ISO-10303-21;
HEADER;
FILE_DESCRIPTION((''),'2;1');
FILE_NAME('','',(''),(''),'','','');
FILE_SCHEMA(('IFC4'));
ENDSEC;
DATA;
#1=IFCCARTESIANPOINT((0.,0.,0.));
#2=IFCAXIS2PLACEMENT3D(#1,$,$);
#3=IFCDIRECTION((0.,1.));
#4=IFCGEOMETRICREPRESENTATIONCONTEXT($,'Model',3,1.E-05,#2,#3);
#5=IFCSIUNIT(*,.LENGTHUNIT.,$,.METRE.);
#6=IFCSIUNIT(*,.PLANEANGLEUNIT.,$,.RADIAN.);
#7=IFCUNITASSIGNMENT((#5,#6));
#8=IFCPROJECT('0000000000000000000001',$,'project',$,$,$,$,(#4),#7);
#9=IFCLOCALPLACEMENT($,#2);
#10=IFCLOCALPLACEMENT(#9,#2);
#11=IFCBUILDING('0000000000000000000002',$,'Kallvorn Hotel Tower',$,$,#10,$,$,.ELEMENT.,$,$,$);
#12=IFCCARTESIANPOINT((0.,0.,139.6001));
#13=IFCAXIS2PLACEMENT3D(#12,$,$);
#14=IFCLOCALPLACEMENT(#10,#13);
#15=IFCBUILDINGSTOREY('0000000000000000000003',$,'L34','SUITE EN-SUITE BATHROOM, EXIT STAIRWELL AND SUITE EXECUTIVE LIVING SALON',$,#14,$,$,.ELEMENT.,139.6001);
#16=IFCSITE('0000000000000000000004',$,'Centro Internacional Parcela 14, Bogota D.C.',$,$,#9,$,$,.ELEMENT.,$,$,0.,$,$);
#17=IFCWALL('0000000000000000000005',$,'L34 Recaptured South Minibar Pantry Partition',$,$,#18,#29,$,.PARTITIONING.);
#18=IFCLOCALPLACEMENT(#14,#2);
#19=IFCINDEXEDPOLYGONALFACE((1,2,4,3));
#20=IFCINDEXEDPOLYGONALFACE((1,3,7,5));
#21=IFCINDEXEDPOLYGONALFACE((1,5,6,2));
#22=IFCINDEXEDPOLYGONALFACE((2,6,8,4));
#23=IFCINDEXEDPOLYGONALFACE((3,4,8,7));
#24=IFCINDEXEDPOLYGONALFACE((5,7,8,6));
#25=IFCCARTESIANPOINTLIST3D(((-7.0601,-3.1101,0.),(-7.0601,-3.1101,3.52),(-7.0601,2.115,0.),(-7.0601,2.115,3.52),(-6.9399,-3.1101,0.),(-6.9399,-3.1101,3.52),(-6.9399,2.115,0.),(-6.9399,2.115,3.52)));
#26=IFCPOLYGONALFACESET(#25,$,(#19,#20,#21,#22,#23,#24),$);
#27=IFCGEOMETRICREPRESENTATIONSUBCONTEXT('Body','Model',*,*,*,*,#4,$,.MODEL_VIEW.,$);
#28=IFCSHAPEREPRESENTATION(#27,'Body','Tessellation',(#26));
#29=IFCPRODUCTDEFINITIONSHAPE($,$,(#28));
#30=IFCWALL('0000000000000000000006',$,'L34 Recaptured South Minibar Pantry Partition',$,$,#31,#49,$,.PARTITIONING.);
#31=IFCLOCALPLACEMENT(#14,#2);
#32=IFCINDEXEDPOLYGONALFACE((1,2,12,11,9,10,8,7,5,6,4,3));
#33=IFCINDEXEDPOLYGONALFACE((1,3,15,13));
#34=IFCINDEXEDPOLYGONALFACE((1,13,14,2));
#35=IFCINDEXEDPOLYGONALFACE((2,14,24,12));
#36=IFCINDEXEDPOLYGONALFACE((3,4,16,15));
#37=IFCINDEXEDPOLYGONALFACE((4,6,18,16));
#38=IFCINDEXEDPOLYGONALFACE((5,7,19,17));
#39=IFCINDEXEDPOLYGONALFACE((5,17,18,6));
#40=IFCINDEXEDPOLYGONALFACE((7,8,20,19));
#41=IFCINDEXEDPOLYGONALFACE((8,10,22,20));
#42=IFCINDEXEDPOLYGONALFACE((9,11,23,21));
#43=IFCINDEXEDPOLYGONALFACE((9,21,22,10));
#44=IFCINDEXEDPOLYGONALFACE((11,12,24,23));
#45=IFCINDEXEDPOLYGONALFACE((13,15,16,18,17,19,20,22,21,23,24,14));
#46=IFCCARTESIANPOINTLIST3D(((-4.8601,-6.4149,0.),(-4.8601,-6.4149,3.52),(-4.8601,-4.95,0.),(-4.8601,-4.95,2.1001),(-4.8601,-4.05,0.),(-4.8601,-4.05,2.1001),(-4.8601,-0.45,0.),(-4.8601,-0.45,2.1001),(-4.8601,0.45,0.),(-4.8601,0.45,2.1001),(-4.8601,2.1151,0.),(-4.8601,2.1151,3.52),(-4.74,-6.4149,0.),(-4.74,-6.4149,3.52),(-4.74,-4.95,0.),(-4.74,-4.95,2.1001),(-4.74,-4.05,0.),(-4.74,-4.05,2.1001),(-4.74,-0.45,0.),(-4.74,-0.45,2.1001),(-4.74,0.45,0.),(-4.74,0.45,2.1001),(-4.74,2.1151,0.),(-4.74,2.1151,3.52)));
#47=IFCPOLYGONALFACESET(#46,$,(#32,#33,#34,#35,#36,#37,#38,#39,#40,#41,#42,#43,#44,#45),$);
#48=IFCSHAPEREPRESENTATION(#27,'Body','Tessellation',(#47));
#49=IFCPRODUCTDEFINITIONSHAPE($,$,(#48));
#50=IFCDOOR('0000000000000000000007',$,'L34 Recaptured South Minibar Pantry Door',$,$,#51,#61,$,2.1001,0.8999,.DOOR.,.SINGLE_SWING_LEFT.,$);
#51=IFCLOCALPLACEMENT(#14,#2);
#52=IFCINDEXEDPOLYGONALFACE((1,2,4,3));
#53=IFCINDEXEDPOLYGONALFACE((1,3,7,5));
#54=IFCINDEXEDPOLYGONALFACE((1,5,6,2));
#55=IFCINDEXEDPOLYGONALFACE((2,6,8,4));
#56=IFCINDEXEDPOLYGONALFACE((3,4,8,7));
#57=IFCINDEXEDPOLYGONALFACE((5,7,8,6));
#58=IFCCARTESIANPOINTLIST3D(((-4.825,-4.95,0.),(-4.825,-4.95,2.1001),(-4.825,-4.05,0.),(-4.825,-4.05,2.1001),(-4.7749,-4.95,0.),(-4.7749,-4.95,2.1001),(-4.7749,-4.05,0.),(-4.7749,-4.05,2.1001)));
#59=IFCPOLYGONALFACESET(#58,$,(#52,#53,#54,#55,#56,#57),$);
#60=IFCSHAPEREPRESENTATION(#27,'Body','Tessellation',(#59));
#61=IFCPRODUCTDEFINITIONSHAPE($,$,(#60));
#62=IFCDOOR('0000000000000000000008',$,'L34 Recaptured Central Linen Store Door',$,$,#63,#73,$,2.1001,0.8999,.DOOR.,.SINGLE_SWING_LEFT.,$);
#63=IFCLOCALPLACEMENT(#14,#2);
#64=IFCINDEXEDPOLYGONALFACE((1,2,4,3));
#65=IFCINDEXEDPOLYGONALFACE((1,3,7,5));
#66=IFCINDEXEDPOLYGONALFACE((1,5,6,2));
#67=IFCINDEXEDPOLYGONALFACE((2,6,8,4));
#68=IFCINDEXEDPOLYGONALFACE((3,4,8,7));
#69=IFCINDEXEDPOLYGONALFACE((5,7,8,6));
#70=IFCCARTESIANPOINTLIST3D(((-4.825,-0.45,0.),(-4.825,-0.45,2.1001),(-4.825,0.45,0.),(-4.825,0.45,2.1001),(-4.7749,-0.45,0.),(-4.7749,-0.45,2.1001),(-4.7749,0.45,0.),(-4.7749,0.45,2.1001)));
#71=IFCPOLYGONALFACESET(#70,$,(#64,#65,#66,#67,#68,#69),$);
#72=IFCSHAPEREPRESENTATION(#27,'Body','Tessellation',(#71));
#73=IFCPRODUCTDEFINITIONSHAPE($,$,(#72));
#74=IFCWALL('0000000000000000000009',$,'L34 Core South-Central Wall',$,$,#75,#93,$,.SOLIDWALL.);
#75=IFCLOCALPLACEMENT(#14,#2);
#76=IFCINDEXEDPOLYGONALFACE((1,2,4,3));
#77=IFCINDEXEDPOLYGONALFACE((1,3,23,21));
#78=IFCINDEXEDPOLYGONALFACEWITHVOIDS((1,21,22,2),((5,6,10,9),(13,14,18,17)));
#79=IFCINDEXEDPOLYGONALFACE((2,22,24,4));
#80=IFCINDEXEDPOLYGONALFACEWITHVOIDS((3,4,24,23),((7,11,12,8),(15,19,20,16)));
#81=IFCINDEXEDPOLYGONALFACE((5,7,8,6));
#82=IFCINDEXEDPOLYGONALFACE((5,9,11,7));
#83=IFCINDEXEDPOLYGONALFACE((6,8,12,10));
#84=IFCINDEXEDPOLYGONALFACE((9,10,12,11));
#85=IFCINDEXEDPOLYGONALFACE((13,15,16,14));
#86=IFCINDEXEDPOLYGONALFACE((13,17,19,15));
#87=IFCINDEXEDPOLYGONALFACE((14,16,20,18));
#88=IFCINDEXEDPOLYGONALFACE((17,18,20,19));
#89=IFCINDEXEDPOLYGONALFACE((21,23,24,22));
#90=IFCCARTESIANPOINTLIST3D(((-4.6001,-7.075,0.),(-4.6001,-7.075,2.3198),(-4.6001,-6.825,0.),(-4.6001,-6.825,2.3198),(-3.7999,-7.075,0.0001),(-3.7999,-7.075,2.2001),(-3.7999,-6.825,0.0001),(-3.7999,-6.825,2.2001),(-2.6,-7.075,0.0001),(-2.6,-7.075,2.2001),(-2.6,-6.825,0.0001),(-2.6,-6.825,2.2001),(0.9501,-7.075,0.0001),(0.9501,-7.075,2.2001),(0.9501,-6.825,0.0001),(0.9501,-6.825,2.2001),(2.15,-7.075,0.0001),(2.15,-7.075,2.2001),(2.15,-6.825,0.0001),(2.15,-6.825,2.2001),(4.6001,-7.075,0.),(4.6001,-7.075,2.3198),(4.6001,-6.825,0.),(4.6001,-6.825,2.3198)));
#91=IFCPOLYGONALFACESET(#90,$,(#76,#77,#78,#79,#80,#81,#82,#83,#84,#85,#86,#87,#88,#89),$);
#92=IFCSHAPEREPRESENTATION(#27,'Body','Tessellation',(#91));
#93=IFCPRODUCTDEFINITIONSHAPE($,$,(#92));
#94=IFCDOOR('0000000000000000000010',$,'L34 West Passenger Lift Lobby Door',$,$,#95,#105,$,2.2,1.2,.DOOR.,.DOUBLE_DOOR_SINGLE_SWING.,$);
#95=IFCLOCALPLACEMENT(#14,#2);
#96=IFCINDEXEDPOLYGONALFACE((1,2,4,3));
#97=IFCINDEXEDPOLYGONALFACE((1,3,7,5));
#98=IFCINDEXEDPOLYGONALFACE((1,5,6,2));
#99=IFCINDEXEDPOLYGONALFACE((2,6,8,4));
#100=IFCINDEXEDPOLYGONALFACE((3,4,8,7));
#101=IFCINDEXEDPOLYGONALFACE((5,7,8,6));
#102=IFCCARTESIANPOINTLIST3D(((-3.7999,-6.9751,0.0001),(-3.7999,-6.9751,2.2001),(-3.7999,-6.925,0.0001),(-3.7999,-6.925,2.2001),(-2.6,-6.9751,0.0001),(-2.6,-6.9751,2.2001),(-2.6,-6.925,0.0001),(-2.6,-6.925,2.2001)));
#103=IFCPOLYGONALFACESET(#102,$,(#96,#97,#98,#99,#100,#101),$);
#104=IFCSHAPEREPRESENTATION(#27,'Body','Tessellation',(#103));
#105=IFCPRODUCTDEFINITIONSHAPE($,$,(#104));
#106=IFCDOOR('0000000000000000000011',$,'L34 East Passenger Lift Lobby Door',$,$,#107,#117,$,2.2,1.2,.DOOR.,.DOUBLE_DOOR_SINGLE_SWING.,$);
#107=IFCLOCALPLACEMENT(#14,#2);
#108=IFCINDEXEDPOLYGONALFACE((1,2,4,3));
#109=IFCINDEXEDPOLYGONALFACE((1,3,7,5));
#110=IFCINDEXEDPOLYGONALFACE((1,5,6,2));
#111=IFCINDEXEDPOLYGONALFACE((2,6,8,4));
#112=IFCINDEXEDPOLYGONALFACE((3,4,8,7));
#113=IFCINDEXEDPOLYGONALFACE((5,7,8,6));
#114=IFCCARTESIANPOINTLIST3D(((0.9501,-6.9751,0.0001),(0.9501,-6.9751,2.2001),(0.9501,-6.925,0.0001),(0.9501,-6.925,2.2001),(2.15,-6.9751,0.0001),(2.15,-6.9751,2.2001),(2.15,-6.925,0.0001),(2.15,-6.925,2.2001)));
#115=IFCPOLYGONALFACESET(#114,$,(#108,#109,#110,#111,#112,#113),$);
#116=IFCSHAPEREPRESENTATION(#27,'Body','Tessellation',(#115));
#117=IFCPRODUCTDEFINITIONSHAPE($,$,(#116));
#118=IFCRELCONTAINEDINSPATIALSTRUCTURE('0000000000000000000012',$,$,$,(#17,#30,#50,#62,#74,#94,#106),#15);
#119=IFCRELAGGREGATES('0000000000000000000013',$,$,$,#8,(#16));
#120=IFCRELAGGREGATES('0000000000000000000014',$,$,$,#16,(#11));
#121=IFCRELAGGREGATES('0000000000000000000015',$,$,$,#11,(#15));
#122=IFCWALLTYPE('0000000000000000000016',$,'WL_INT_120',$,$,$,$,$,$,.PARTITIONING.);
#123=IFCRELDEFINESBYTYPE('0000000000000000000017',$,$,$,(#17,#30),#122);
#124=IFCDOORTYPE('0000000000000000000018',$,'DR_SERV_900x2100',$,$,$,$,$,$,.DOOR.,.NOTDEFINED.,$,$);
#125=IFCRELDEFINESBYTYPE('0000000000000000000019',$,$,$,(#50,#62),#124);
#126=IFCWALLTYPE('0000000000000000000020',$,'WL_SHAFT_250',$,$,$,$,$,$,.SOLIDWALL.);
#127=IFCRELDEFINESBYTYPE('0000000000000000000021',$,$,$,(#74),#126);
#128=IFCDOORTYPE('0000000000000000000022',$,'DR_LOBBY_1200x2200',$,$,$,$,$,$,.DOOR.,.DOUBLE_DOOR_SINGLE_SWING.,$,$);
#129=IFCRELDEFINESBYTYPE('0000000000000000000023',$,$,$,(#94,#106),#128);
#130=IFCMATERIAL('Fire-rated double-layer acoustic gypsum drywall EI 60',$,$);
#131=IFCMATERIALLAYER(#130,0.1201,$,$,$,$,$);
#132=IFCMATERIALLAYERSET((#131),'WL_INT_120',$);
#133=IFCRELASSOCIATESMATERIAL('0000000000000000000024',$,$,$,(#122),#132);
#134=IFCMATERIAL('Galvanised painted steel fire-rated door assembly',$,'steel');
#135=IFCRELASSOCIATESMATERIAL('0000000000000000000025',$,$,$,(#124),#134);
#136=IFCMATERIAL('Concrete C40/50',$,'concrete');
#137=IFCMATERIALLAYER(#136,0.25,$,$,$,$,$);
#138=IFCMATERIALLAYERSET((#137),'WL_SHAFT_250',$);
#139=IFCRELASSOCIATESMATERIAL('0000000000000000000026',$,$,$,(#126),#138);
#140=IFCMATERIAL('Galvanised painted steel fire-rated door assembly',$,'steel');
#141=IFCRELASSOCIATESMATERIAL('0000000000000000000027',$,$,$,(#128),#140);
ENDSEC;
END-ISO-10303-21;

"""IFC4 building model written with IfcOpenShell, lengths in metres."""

from ifc_helpers import new_model, si_unit, direction, frame, frame_2d, origin, place, context, subcontext, project, spatial, rectangle, extrude, material, layer, layer_set, type_object, element, fill, save


model = new_model("IFC4")

# Units and contexts
model_context = context("Model", 3, precision=1e-05, world=origin(), true_north=direction((0.0, 1.0)))
body_context = subcontext(model_context, "Body", "Model", "MODEL_VIEW")
ifc_project = project(units=[si_unit("LENGTHUNIT", "METRE"), si_unit("PLANEANGLEUNIT", "RADIAN")], contexts=[model_context])

# Site, building, storey
site_placement = place(None, origin())
site = spatial("IfcSite", under=ifc_project, at=site_placement, Name="Centro Internacional Parcela 14, Bogota D.C.", CompositionType="ELEMENT", RefElevation=0.0)
building_placement = place(site_placement, origin())
building = spatial("IfcBuilding", under=site, at=building_placement, Name="Kallvorn Hotel Tower", CompositionType="ELEMENT")
storey_placement = place(building_placement, frame((0.0, 0.0, 139.6001)))
storey = spatial("IfcBuildingStorey", under=building, at=storey_placement, Name="L34", Description="SUITE EN-SUITE BATHROOM, EXIT STAIRWELL AND SUITE EXECUTIVE LIVING SALON", CompositionType="ELEMENT", Elevation=139.6001)

# Wall
ifc_material_1 = material(Name="Fire-rated double-layer acoustic gypsum drywall EI 60")
ifc_layer_1 = layer(ifc_material_1, 0.1201)
ifc_layer_set_1 = layer_set([ifc_layer_1], Name="WL_INT_120")
wall_type_1 = type_object("IfcWallType", Name="WL_INT_120", PredefinedType="PARTITIONING", material=ifc_layer_set_1)
wall_1_placement = place(storey_placement, frame((-7.0, -3.1101, 0.0), z_axis=(0.0, 0.0, 1.0), x_axis=(0.0, 1.0, 0.0)))
element("IfcWall", 1, at=wall_1_placement, inside=storey, type_object=wall_type_1, Name="L34 Recaptured South Minibar Pantry Partition", PredefinedType="PARTITIONING", context=body_context, shape_type="SweptSolid", body=[
    extrude(rectangle(XDim=5.2251, YDim=0.1201, at=frame_2d((2.6125, 0.0))), origin(), (0.0, 0.0, 1.0), 3.52),
])

# Walls, openings, doors
wall_2_placement = place(storey_placement, frame((-4.8, -6.415, 0.0), z_axis=(0.0, 0.0, 1.0), x_axis=(0.0, 1.0, 0.0)))
wall_2 = element("IfcWall", 2, at=wall_2_placement, inside=storey, type_object=wall_type_1, Name="L34 Recaptured South Minibar Pantry Partition", PredefinedType="PARTITIONING", context=body_context, shape_type="SweptSolid", body=[
    extrude(rectangle(XDim=8.53, YDim=0.1201, at=frame_2d((4.2651, 0.0))), origin(), (0.0, 0.0, 1.0), 3.52),
])
opening_1_placement = place(wall_2_placement, frame((1.4651, 0.0, 0.0)))
opening_1 = element("IfcOpeningElement", 3, at=opening_1_placement, cuts=wall_2, PredefinedType="OPENING", context=body_context, shape_type="SweptSolid", body=[
    extrude(rectangle(XDim=0.8999, YDim=2.1001, at=frame_2d((0.45, 1.05))), frame((0.0, 0.075, 0.0), z_axis=(0.0, -1.0, 0.0), x_axis=(1.0, 0.0, 0.0)), (0.0, 0.0, 1.0), 0.1501),
])
opening_2_placement = place(wall_2_placement, frame((5.9651, 0.0, 0.0)))
opening_2 = element("IfcOpeningElement", 4, at=opening_2_placement, cuts=wall_2, PredefinedType="OPENING", context=body_context, shape_type="SweptSolid", body=[
    extrude(rectangle(XDim=0.8999, YDim=2.1001, at=frame_2d((0.45, 1.05))), frame((0.0, 0.075, 0.0), z_axis=(0.0, -1.0, 0.0), x_axis=(1.0, 0.0, 0.0)), (0.0, 0.0, 1.0), 0.1501),
])
ifc_material_2 = material(Name="Galvanised painted steel fire-rated door assembly", Category="steel")
door_type_1 = type_object("IfcDoorType", Name="DR_SERV_900x2100", OperationType="NOTDEFINED", PredefinedType="DOOR", material=ifc_material_2)
door_1_placement = place(opening_1_placement, origin())
door_1 = element("IfcDoor", 5, at=door_1_placement, inside=storey, type_object=door_type_1, Name="L34 Recaptured South Minibar Pantry Door", OperationType="SINGLE_SWING_LEFT", OverallHeight=2.1001, OverallWidth=0.8999, PredefinedType="DOOR", context=body_context, shape_type="SweptSolid", body=[
    extrude(rectangle(XDim=0.8999, YDim=2.1001, at=frame_2d((0.45, 1.05))), frame((0.0, 0.0249, 0.0), z_axis=(0.0, -1.0, 0.0), x_axis=(1.0, 0.0, 0.0)), (0.0, 0.0, 1.0), 0.05),
])
fill(opening_1, door_1)
door_2_placement = place(opening_2_placement, origin())
door_2 = element("IfcDoor", 6, at=door_2_placement, inside=storey, type_object=door_type_1, Name="L34 Recaptured Central Linen Store Door", OperationType="SINGLE_SWING_LEFT", OverallHeight=2.1001, OverallWidth=0.8999, PredefinedType="DOOR", context=body_context, shape_type="SweptSolid", body=[
    extrude(rectangle(XDim=0.8999, YDim=2.1001, at=frame_2d((0.45, 1.05))), frame((0.0, 0.0249, 0.0), z_axis=(0.0, -1.0, 0.0), x_axis=(1.0, 0.0, 0.0)), (0.0, 0.0, 1.0), 0.05),
])
fill(opening_2, door_2)
ifc_material_3 = material(Name="Concrete C40/50", Category="concrete")
ifc_layer_2 = layer(ifc_material_3, 0.25)
ifc_layer_set_2 = layer_set([ifc_layer_2], Name="WL_SHAFT_250")
wall_type_2 = type_object("IfcWallType", Name="WL_SHAFT_250", PredefinedType="SOLIDWALL", material=ifc_layer_set_2)
wall_3_placement = place(storey_placement, frame((-4.6001, -6.95, 0.0), z_axis=(0.0, 0.0, 1.0), x_axis=(1.0, 0.0, 0.0)))
wall_3 = element("IfcWall", 7, at=wall_3_placement, inside=storey, type_object=wall_type_2, Name="L34 Core South-Central Wall", PredefinedType="SOLIDWALL", context=body_context, shape_type="SweptSolid", body=[
    extrude(rectangle(XDim=9.2002, YDim=0.25, at=frame_2d((4.6001, 0.0))), origin(), (0.0, 0.0, 1.0), 2.3198),
])
opening_3_placement = place(wall_3_placement, frame((0.8, 0.0, 0.0)))
opening_3 = element("IfcOpeningElement", 8, at=opening_3_placement, cuts=wall_3, PredefinedType="OPENING", context=body_context, shape_type="SweptSolid", body=[
    extrude(rectangle(XDim=1.2, YDim=2.2, at=frame_2d((0.6001, 1.1001))), frame((0.0, 0.1399, 0.0), z_axis=(0.0, -1.0, 0.0), x_axis=(1.0, 0.0, 0.0)), (0.0, 0.0, 1.0), 0.28),
])
opening_4_placement = place(wall_3_placement, frame((5.55, 0.0, 0.0)))
opening_4 = element("IfcOpeningElement", 9, at=opening_4_placement, cuts=wall_3, PredefinedType="OPENING", context=body_context, shape_type="SweptSolid", body=[
    extrude(rectangle(XDim=1.2, YDim=2.2, at=frame_2d((0.6001, 1.1001))), frame((0.0, 0.1399, 0.0), z_axis=(0.0, -1.0, 0.0), x_axis=(1.0, 0.0, 0.0)), (0.0, 0.0, 1.0), 0.28),
])
ifc_material_4 = material(Name="Galvanised painted steel fire-rated door assembly", Category="steel")
door_type_2 = type_object("IfcDoorType", Name="DR_LOBBY_1200x2200", OperationType="DOUBLE_DOOR_SINGLE_SWING", PredefinedType="DOOR", material=ifc_material_4)
door_3_placement = place(opening_3_placement, origin())
door_3 = element("IfcDoor", 10, at=door_3_placement, inside=storey, type_object=door_type_2, Name="L34 West Passenger Lift Lobby Door", OperationType="DOUBLE_DOOR_SINGLE_SWING", OverallHeight=2.2, OverallWidth=1.2, PredefinedType="DOOR", context=body_context, shape_type="SweptSolid", body=[
    extrude(rectangle(XDim=1.2, YDim=2.2, at=frame_2d((0.6001, 1.1001))), frame((0.0, 0.0249, 0.0), z_axis=(0.0, -1.0, 0.0), x_axis=(1.0, 0.0, 0.0)), (0.0, 0.0, 1.0), 0.05),
])
fill(opening_3, door_3)
door_4_placement = place(opening_4_placement, origin())
door_4 = element("IfcDoor", 11, at=door_4_placement, inside=storey, type_object=door_type_2, Name="L34 East Passenger Lift Lobby Door", OperationType="DOUBLE_DOOR_SINGLE_SWING", OverallHeight=2.2, OverallWidth=1.2, PredefinedType="DOOR", context=body_context, shape_type="SweptSolid", body=[
    extrude(rectangle(XDim=1.2, YDim=2.2, at=frame_2d((0.6001, 1.1001))), frame((0.0, 0.0249, 0.0), z_axis=(0.0, -1.0, 0.0), x_axis=(1.0, 0.0, 0.0)), (0.0, 0.0, 1.0), 0.05),
])
fill(opening_4, door_4)

save(model, "model.ifc")
